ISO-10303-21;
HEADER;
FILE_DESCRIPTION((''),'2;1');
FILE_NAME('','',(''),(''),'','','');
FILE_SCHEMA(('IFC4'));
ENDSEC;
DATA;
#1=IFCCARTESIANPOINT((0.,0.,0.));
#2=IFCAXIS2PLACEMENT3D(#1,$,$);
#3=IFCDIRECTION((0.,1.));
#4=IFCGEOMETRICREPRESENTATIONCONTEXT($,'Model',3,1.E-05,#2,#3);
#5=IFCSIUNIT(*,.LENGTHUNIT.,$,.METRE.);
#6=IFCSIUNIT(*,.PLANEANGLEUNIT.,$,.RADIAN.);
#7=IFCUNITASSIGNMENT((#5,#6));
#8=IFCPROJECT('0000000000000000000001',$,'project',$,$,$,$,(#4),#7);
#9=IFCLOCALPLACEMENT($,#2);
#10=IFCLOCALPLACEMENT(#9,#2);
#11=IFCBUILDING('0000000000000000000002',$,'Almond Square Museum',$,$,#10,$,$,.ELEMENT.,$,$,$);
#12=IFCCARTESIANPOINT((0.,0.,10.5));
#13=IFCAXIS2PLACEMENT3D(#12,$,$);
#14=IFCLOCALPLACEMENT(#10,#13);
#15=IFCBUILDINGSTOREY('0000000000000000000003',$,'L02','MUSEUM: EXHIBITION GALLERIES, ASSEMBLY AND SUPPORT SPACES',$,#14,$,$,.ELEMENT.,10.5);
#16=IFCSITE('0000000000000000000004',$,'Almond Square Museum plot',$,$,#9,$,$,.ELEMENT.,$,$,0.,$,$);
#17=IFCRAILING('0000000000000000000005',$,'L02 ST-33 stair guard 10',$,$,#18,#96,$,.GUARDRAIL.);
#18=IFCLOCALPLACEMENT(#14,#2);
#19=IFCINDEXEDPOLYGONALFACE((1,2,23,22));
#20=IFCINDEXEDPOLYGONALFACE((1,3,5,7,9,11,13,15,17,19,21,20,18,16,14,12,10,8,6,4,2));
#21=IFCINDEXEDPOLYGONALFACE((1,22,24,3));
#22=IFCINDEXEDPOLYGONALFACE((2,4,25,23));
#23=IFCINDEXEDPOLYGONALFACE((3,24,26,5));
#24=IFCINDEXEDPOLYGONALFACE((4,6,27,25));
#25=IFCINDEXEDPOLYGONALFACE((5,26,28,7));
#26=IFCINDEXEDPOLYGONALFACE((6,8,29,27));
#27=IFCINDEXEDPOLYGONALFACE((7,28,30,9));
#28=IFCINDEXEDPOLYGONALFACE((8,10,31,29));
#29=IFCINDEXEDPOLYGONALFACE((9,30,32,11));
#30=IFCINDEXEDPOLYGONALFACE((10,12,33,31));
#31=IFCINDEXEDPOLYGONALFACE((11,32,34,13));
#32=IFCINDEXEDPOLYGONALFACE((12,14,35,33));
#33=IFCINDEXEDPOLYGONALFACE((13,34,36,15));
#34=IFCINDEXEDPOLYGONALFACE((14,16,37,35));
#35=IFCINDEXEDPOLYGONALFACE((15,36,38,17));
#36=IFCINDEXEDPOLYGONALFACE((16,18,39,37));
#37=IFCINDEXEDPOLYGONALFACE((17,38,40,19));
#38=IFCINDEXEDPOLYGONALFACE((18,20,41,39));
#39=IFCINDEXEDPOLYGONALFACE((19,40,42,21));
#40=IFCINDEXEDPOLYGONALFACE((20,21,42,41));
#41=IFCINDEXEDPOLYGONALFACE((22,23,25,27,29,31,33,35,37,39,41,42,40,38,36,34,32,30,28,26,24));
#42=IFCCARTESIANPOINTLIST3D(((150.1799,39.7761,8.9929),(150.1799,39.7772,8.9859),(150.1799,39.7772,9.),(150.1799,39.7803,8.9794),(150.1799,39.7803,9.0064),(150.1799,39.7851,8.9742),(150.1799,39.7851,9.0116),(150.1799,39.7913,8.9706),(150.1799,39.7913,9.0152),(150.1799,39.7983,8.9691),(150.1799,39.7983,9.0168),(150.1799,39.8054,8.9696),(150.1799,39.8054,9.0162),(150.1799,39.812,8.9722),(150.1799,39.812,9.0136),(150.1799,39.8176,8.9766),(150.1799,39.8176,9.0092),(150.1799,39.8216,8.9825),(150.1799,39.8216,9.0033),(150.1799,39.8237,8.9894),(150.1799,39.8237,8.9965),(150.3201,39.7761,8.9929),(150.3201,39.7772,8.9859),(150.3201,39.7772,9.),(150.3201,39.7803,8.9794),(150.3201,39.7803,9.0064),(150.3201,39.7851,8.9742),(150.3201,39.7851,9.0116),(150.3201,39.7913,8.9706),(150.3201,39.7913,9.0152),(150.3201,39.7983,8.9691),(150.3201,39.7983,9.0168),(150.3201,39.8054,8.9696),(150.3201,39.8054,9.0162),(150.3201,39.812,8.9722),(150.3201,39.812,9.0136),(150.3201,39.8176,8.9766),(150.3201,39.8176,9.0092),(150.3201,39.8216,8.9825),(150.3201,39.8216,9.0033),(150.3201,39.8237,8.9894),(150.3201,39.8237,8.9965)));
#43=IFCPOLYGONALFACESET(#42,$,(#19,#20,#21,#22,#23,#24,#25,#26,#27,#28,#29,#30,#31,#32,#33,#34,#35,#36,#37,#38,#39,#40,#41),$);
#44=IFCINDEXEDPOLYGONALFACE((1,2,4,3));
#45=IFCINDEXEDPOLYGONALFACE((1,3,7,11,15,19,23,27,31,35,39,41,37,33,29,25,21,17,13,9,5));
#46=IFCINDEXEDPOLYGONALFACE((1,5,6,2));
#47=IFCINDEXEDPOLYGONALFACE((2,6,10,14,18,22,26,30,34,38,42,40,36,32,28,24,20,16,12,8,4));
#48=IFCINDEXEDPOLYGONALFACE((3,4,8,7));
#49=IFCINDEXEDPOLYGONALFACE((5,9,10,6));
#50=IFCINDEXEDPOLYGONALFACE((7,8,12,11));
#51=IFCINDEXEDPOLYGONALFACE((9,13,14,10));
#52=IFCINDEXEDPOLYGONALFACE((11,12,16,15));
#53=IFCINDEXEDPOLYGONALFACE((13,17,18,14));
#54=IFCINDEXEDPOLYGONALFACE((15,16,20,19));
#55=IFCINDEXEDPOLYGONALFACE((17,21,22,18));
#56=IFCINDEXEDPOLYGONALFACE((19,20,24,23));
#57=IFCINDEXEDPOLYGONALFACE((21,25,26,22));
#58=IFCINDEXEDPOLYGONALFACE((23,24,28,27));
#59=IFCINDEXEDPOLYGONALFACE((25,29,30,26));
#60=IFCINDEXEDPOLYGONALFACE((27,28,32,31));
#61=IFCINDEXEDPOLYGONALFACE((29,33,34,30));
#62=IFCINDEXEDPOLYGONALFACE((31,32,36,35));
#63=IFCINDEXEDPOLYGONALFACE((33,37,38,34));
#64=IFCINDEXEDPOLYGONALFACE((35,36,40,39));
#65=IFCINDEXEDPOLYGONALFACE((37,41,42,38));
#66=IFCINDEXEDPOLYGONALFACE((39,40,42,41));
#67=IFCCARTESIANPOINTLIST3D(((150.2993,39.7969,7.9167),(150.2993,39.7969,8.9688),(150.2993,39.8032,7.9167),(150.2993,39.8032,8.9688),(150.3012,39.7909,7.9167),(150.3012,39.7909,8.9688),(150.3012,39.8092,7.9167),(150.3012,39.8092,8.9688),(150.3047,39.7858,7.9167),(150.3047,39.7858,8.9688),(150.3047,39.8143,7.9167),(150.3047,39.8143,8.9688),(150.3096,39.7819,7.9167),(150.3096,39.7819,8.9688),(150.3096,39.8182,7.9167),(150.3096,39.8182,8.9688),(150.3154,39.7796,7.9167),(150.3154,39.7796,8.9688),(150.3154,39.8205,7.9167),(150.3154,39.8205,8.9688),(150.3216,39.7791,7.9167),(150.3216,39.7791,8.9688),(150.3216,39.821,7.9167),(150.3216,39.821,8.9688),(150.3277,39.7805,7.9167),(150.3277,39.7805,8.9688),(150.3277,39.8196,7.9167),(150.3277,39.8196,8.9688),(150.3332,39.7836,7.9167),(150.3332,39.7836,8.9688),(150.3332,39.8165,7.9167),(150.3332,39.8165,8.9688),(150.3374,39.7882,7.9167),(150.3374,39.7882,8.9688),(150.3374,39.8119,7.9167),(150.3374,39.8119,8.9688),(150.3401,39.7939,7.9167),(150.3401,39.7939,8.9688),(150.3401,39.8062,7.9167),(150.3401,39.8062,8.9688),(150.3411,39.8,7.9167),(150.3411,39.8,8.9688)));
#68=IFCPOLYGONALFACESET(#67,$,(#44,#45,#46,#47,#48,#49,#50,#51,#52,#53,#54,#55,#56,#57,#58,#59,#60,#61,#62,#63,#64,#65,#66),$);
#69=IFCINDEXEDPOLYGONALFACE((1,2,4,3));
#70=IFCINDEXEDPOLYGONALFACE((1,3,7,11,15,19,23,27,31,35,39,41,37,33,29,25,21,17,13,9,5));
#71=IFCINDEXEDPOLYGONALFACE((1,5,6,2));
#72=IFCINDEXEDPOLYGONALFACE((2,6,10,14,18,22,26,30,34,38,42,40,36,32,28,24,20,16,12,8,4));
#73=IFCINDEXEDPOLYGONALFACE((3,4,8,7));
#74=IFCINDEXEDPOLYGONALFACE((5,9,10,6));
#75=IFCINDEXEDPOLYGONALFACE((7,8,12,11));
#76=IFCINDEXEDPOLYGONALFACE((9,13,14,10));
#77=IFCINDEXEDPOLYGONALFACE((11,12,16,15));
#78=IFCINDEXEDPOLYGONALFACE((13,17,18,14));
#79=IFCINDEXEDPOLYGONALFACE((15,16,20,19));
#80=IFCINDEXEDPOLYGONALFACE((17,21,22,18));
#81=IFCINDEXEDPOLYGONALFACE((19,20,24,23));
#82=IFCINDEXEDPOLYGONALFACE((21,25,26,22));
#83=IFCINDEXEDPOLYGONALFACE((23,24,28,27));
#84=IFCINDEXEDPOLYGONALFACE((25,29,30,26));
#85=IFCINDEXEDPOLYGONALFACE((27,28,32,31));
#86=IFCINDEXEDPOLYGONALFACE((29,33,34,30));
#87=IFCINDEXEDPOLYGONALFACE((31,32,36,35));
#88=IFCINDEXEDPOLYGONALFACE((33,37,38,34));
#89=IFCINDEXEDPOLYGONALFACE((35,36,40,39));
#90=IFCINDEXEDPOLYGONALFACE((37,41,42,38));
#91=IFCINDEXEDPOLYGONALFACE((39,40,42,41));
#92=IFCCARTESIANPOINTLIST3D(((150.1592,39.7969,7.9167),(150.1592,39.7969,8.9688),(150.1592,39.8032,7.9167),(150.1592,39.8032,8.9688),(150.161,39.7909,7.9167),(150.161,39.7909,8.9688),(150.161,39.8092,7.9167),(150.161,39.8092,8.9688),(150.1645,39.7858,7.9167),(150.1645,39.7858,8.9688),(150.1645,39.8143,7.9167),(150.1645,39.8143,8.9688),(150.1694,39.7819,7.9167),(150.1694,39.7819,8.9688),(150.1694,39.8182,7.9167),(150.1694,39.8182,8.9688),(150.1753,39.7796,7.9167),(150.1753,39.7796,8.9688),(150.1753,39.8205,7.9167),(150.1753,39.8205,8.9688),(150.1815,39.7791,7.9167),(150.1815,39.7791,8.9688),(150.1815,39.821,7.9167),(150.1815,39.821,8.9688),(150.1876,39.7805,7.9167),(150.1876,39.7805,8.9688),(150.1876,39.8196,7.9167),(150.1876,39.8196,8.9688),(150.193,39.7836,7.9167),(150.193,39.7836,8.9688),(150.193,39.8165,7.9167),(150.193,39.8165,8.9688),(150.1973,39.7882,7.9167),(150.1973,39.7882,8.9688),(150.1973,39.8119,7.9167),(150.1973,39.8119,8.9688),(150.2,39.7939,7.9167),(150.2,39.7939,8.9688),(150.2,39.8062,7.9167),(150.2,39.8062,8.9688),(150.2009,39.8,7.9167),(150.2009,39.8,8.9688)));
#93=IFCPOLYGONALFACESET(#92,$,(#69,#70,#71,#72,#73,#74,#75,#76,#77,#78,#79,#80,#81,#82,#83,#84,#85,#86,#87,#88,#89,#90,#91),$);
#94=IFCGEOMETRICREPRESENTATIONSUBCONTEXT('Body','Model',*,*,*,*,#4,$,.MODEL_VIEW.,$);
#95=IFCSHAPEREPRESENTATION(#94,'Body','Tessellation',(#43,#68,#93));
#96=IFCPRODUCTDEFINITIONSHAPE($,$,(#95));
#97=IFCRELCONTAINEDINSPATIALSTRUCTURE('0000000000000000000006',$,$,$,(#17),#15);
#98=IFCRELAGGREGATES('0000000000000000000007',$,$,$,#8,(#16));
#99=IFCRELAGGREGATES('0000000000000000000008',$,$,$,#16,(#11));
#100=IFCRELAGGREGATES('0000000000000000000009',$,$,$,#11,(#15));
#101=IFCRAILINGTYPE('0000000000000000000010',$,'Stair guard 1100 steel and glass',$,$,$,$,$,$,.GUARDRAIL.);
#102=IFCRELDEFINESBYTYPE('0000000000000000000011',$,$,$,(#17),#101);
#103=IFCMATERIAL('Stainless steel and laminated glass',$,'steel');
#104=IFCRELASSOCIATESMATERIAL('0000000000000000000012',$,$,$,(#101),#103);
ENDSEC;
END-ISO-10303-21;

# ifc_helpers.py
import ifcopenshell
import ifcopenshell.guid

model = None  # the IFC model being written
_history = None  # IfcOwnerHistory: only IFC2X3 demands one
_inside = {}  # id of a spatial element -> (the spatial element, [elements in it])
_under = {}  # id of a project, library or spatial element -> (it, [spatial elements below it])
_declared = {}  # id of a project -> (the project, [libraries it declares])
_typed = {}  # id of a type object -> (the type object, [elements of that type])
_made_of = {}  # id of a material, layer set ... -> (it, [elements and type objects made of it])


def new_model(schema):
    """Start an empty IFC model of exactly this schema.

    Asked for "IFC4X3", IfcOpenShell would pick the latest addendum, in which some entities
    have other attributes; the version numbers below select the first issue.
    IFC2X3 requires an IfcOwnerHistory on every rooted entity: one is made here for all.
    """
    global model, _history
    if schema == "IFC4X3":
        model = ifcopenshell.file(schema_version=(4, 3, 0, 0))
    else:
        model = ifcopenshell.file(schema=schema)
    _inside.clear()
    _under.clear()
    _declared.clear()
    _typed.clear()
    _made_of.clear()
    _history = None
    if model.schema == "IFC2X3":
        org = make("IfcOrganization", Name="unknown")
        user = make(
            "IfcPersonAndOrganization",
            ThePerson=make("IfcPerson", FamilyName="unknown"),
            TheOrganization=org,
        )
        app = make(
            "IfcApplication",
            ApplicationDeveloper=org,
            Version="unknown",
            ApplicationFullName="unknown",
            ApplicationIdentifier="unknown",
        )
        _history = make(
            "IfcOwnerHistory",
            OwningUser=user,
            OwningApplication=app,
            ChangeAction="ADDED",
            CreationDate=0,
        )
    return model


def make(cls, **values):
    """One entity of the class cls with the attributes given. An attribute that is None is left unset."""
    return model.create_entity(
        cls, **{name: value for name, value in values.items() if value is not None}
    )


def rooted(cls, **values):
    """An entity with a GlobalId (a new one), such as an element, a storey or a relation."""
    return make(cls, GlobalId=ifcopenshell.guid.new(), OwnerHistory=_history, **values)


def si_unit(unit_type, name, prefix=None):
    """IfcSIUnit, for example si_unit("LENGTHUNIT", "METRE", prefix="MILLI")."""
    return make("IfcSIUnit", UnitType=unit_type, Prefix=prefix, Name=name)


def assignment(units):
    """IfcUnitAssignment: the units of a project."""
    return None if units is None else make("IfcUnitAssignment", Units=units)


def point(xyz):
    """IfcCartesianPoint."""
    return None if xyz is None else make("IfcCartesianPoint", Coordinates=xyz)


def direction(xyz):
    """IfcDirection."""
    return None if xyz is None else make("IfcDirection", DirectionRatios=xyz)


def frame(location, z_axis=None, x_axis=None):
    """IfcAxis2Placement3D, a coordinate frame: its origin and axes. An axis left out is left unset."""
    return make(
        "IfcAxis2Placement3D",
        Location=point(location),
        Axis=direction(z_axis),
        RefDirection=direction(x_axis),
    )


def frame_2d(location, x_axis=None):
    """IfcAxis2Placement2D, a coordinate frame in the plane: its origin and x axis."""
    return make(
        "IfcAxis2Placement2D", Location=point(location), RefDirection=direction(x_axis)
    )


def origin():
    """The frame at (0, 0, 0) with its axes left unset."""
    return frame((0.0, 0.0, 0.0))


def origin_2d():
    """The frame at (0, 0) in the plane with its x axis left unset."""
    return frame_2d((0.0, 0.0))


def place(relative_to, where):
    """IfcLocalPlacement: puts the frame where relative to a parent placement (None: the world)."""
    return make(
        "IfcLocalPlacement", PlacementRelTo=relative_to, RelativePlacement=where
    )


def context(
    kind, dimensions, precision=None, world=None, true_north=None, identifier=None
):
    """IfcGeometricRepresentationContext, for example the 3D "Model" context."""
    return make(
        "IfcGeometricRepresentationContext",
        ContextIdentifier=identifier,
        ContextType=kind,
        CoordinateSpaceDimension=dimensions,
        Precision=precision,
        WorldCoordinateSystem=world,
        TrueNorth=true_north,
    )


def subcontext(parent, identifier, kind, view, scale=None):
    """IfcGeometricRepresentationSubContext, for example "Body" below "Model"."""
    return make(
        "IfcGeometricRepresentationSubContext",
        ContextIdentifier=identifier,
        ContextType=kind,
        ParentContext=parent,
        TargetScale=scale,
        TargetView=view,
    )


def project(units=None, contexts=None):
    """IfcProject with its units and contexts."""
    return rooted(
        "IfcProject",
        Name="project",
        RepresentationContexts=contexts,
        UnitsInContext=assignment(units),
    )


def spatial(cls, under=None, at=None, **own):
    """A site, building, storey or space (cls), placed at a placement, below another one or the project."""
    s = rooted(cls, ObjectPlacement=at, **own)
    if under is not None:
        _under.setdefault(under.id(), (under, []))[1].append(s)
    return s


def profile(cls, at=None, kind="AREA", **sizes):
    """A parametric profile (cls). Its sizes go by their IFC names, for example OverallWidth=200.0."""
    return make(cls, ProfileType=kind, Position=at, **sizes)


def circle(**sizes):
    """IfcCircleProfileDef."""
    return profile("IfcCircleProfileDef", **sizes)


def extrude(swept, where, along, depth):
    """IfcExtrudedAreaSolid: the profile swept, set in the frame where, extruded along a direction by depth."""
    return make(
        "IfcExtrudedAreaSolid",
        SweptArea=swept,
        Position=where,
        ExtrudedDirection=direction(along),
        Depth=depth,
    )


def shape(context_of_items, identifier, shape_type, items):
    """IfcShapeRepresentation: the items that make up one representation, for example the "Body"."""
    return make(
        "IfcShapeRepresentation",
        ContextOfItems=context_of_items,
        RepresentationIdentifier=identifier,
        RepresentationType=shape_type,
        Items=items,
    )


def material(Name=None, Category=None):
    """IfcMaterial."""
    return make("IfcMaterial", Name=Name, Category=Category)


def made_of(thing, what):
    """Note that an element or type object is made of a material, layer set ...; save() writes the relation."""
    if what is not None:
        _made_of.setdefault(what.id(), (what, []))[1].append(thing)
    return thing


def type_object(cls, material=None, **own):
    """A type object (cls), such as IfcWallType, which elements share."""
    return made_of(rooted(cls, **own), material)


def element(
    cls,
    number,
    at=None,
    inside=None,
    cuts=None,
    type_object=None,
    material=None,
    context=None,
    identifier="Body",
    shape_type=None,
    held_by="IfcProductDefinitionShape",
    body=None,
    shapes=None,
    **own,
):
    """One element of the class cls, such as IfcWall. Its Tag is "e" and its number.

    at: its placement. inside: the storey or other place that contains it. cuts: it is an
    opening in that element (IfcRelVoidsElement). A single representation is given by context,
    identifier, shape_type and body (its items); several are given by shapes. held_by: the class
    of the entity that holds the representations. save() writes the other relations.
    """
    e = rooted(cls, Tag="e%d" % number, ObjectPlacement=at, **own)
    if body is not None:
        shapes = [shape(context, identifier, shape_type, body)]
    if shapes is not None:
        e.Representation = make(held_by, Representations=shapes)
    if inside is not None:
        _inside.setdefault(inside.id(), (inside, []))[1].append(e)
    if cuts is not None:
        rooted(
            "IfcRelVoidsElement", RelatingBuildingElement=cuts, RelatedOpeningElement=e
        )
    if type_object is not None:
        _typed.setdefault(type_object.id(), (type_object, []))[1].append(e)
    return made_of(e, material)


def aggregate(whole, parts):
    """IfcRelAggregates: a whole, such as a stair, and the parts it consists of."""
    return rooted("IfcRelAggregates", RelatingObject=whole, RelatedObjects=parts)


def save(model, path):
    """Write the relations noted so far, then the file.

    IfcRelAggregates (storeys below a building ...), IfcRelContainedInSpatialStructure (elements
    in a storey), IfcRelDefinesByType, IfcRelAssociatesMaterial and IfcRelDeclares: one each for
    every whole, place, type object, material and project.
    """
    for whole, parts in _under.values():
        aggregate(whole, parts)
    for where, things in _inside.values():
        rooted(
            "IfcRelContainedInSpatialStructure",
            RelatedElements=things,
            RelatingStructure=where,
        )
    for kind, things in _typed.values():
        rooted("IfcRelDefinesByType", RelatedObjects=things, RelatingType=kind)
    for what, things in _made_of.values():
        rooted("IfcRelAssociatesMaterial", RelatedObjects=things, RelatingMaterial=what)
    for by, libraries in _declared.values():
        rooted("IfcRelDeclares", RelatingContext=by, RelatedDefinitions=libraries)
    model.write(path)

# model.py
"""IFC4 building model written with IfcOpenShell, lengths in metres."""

from ifc_helpers import new_model, si_unit, direction, frame, origin, origin_2d, place, context, subcontext, project, spatial, circle, extrude, material, type_object, element, save


model = new_model("IFC4")

# Units and contexts
model_context = context("Model", 3, precision=1e-05, world=origin(), true_north=direction((0.0, 1.0)))
body_context = subcontext(model_context, "Body", "Model", "MODEL_VIEW")
ifc_project = project(units=[si_unit("LENGTHUNIT", "METRE"), si_unit("PLANEANGLEUNIT", "RADIAN")], contexts=[model_context])

# Site, building, storey
site_placement = place(None, origin())
site = spatial("IfcSite", under=ifc_project, at=site_placement, Name="Almond Square Museum plot", CompositionType="ELEMENT", RefElevation=0.0)
building_placement = place(site_placement, origin())
building = spatial("IfcBuilding", under=site, at=building_placement, Name="Almond Square Museum", CompositionType="ELEMENT")
storey_placement = place(building_placement, frame((0.0, 0.0, 10.5)))
storey = spatial("IfcBuildingStorey", under=building, at=storey_placement, Name="L02", Description="MUSEUM: EXHIBITION GALLERIES, ASSEMBLY AND SUPPORT SPACES", CompositionType="ELEMENT", Elevation=10.5)

# Railing
ifc_material_1 = material(Name="Stainless steel and laminated glass", Category="steel")
railing_type_1 = type_object("IfcRailingType", Name="Stair guard 1100 steel and glass", PredefinedType="GUARDRAIL", material=ifc_material_1)
railing_1_placement = place(storey_placement, frame((150.3201, 39.8, 7.9167)))
element("IfcRailing", 1, at=railing_1_placement, inside=storey, type_object=railing_type_1, Name="L02 ST-33 stair guard 10", PredefinedType="GUARDRAIL", context=body_context, shape_type="SweptSolid", body=[
    extrude(circle(Radius=0.0239, at=origin_2d()), frame((0.0, 0.0, 1.0762), z_axis=(-1.0, 0.0, 0.0), x_axis=(0.0, -1.0, 0.0)), (0.0, 0.0, 1.0), 0.1401),
    extrude(circle(Radius=0.021, at=origin_2d()), origin(), (0.0, 0.0, 1.0), 1.052),
    extrude(circle(Radius=0.021, at=origin_2d()), frame((-0.1401, 0.0, 0.0)), (0.0, 0.0, 1.0), 1.052),
])

save(model, "model.ifc")
